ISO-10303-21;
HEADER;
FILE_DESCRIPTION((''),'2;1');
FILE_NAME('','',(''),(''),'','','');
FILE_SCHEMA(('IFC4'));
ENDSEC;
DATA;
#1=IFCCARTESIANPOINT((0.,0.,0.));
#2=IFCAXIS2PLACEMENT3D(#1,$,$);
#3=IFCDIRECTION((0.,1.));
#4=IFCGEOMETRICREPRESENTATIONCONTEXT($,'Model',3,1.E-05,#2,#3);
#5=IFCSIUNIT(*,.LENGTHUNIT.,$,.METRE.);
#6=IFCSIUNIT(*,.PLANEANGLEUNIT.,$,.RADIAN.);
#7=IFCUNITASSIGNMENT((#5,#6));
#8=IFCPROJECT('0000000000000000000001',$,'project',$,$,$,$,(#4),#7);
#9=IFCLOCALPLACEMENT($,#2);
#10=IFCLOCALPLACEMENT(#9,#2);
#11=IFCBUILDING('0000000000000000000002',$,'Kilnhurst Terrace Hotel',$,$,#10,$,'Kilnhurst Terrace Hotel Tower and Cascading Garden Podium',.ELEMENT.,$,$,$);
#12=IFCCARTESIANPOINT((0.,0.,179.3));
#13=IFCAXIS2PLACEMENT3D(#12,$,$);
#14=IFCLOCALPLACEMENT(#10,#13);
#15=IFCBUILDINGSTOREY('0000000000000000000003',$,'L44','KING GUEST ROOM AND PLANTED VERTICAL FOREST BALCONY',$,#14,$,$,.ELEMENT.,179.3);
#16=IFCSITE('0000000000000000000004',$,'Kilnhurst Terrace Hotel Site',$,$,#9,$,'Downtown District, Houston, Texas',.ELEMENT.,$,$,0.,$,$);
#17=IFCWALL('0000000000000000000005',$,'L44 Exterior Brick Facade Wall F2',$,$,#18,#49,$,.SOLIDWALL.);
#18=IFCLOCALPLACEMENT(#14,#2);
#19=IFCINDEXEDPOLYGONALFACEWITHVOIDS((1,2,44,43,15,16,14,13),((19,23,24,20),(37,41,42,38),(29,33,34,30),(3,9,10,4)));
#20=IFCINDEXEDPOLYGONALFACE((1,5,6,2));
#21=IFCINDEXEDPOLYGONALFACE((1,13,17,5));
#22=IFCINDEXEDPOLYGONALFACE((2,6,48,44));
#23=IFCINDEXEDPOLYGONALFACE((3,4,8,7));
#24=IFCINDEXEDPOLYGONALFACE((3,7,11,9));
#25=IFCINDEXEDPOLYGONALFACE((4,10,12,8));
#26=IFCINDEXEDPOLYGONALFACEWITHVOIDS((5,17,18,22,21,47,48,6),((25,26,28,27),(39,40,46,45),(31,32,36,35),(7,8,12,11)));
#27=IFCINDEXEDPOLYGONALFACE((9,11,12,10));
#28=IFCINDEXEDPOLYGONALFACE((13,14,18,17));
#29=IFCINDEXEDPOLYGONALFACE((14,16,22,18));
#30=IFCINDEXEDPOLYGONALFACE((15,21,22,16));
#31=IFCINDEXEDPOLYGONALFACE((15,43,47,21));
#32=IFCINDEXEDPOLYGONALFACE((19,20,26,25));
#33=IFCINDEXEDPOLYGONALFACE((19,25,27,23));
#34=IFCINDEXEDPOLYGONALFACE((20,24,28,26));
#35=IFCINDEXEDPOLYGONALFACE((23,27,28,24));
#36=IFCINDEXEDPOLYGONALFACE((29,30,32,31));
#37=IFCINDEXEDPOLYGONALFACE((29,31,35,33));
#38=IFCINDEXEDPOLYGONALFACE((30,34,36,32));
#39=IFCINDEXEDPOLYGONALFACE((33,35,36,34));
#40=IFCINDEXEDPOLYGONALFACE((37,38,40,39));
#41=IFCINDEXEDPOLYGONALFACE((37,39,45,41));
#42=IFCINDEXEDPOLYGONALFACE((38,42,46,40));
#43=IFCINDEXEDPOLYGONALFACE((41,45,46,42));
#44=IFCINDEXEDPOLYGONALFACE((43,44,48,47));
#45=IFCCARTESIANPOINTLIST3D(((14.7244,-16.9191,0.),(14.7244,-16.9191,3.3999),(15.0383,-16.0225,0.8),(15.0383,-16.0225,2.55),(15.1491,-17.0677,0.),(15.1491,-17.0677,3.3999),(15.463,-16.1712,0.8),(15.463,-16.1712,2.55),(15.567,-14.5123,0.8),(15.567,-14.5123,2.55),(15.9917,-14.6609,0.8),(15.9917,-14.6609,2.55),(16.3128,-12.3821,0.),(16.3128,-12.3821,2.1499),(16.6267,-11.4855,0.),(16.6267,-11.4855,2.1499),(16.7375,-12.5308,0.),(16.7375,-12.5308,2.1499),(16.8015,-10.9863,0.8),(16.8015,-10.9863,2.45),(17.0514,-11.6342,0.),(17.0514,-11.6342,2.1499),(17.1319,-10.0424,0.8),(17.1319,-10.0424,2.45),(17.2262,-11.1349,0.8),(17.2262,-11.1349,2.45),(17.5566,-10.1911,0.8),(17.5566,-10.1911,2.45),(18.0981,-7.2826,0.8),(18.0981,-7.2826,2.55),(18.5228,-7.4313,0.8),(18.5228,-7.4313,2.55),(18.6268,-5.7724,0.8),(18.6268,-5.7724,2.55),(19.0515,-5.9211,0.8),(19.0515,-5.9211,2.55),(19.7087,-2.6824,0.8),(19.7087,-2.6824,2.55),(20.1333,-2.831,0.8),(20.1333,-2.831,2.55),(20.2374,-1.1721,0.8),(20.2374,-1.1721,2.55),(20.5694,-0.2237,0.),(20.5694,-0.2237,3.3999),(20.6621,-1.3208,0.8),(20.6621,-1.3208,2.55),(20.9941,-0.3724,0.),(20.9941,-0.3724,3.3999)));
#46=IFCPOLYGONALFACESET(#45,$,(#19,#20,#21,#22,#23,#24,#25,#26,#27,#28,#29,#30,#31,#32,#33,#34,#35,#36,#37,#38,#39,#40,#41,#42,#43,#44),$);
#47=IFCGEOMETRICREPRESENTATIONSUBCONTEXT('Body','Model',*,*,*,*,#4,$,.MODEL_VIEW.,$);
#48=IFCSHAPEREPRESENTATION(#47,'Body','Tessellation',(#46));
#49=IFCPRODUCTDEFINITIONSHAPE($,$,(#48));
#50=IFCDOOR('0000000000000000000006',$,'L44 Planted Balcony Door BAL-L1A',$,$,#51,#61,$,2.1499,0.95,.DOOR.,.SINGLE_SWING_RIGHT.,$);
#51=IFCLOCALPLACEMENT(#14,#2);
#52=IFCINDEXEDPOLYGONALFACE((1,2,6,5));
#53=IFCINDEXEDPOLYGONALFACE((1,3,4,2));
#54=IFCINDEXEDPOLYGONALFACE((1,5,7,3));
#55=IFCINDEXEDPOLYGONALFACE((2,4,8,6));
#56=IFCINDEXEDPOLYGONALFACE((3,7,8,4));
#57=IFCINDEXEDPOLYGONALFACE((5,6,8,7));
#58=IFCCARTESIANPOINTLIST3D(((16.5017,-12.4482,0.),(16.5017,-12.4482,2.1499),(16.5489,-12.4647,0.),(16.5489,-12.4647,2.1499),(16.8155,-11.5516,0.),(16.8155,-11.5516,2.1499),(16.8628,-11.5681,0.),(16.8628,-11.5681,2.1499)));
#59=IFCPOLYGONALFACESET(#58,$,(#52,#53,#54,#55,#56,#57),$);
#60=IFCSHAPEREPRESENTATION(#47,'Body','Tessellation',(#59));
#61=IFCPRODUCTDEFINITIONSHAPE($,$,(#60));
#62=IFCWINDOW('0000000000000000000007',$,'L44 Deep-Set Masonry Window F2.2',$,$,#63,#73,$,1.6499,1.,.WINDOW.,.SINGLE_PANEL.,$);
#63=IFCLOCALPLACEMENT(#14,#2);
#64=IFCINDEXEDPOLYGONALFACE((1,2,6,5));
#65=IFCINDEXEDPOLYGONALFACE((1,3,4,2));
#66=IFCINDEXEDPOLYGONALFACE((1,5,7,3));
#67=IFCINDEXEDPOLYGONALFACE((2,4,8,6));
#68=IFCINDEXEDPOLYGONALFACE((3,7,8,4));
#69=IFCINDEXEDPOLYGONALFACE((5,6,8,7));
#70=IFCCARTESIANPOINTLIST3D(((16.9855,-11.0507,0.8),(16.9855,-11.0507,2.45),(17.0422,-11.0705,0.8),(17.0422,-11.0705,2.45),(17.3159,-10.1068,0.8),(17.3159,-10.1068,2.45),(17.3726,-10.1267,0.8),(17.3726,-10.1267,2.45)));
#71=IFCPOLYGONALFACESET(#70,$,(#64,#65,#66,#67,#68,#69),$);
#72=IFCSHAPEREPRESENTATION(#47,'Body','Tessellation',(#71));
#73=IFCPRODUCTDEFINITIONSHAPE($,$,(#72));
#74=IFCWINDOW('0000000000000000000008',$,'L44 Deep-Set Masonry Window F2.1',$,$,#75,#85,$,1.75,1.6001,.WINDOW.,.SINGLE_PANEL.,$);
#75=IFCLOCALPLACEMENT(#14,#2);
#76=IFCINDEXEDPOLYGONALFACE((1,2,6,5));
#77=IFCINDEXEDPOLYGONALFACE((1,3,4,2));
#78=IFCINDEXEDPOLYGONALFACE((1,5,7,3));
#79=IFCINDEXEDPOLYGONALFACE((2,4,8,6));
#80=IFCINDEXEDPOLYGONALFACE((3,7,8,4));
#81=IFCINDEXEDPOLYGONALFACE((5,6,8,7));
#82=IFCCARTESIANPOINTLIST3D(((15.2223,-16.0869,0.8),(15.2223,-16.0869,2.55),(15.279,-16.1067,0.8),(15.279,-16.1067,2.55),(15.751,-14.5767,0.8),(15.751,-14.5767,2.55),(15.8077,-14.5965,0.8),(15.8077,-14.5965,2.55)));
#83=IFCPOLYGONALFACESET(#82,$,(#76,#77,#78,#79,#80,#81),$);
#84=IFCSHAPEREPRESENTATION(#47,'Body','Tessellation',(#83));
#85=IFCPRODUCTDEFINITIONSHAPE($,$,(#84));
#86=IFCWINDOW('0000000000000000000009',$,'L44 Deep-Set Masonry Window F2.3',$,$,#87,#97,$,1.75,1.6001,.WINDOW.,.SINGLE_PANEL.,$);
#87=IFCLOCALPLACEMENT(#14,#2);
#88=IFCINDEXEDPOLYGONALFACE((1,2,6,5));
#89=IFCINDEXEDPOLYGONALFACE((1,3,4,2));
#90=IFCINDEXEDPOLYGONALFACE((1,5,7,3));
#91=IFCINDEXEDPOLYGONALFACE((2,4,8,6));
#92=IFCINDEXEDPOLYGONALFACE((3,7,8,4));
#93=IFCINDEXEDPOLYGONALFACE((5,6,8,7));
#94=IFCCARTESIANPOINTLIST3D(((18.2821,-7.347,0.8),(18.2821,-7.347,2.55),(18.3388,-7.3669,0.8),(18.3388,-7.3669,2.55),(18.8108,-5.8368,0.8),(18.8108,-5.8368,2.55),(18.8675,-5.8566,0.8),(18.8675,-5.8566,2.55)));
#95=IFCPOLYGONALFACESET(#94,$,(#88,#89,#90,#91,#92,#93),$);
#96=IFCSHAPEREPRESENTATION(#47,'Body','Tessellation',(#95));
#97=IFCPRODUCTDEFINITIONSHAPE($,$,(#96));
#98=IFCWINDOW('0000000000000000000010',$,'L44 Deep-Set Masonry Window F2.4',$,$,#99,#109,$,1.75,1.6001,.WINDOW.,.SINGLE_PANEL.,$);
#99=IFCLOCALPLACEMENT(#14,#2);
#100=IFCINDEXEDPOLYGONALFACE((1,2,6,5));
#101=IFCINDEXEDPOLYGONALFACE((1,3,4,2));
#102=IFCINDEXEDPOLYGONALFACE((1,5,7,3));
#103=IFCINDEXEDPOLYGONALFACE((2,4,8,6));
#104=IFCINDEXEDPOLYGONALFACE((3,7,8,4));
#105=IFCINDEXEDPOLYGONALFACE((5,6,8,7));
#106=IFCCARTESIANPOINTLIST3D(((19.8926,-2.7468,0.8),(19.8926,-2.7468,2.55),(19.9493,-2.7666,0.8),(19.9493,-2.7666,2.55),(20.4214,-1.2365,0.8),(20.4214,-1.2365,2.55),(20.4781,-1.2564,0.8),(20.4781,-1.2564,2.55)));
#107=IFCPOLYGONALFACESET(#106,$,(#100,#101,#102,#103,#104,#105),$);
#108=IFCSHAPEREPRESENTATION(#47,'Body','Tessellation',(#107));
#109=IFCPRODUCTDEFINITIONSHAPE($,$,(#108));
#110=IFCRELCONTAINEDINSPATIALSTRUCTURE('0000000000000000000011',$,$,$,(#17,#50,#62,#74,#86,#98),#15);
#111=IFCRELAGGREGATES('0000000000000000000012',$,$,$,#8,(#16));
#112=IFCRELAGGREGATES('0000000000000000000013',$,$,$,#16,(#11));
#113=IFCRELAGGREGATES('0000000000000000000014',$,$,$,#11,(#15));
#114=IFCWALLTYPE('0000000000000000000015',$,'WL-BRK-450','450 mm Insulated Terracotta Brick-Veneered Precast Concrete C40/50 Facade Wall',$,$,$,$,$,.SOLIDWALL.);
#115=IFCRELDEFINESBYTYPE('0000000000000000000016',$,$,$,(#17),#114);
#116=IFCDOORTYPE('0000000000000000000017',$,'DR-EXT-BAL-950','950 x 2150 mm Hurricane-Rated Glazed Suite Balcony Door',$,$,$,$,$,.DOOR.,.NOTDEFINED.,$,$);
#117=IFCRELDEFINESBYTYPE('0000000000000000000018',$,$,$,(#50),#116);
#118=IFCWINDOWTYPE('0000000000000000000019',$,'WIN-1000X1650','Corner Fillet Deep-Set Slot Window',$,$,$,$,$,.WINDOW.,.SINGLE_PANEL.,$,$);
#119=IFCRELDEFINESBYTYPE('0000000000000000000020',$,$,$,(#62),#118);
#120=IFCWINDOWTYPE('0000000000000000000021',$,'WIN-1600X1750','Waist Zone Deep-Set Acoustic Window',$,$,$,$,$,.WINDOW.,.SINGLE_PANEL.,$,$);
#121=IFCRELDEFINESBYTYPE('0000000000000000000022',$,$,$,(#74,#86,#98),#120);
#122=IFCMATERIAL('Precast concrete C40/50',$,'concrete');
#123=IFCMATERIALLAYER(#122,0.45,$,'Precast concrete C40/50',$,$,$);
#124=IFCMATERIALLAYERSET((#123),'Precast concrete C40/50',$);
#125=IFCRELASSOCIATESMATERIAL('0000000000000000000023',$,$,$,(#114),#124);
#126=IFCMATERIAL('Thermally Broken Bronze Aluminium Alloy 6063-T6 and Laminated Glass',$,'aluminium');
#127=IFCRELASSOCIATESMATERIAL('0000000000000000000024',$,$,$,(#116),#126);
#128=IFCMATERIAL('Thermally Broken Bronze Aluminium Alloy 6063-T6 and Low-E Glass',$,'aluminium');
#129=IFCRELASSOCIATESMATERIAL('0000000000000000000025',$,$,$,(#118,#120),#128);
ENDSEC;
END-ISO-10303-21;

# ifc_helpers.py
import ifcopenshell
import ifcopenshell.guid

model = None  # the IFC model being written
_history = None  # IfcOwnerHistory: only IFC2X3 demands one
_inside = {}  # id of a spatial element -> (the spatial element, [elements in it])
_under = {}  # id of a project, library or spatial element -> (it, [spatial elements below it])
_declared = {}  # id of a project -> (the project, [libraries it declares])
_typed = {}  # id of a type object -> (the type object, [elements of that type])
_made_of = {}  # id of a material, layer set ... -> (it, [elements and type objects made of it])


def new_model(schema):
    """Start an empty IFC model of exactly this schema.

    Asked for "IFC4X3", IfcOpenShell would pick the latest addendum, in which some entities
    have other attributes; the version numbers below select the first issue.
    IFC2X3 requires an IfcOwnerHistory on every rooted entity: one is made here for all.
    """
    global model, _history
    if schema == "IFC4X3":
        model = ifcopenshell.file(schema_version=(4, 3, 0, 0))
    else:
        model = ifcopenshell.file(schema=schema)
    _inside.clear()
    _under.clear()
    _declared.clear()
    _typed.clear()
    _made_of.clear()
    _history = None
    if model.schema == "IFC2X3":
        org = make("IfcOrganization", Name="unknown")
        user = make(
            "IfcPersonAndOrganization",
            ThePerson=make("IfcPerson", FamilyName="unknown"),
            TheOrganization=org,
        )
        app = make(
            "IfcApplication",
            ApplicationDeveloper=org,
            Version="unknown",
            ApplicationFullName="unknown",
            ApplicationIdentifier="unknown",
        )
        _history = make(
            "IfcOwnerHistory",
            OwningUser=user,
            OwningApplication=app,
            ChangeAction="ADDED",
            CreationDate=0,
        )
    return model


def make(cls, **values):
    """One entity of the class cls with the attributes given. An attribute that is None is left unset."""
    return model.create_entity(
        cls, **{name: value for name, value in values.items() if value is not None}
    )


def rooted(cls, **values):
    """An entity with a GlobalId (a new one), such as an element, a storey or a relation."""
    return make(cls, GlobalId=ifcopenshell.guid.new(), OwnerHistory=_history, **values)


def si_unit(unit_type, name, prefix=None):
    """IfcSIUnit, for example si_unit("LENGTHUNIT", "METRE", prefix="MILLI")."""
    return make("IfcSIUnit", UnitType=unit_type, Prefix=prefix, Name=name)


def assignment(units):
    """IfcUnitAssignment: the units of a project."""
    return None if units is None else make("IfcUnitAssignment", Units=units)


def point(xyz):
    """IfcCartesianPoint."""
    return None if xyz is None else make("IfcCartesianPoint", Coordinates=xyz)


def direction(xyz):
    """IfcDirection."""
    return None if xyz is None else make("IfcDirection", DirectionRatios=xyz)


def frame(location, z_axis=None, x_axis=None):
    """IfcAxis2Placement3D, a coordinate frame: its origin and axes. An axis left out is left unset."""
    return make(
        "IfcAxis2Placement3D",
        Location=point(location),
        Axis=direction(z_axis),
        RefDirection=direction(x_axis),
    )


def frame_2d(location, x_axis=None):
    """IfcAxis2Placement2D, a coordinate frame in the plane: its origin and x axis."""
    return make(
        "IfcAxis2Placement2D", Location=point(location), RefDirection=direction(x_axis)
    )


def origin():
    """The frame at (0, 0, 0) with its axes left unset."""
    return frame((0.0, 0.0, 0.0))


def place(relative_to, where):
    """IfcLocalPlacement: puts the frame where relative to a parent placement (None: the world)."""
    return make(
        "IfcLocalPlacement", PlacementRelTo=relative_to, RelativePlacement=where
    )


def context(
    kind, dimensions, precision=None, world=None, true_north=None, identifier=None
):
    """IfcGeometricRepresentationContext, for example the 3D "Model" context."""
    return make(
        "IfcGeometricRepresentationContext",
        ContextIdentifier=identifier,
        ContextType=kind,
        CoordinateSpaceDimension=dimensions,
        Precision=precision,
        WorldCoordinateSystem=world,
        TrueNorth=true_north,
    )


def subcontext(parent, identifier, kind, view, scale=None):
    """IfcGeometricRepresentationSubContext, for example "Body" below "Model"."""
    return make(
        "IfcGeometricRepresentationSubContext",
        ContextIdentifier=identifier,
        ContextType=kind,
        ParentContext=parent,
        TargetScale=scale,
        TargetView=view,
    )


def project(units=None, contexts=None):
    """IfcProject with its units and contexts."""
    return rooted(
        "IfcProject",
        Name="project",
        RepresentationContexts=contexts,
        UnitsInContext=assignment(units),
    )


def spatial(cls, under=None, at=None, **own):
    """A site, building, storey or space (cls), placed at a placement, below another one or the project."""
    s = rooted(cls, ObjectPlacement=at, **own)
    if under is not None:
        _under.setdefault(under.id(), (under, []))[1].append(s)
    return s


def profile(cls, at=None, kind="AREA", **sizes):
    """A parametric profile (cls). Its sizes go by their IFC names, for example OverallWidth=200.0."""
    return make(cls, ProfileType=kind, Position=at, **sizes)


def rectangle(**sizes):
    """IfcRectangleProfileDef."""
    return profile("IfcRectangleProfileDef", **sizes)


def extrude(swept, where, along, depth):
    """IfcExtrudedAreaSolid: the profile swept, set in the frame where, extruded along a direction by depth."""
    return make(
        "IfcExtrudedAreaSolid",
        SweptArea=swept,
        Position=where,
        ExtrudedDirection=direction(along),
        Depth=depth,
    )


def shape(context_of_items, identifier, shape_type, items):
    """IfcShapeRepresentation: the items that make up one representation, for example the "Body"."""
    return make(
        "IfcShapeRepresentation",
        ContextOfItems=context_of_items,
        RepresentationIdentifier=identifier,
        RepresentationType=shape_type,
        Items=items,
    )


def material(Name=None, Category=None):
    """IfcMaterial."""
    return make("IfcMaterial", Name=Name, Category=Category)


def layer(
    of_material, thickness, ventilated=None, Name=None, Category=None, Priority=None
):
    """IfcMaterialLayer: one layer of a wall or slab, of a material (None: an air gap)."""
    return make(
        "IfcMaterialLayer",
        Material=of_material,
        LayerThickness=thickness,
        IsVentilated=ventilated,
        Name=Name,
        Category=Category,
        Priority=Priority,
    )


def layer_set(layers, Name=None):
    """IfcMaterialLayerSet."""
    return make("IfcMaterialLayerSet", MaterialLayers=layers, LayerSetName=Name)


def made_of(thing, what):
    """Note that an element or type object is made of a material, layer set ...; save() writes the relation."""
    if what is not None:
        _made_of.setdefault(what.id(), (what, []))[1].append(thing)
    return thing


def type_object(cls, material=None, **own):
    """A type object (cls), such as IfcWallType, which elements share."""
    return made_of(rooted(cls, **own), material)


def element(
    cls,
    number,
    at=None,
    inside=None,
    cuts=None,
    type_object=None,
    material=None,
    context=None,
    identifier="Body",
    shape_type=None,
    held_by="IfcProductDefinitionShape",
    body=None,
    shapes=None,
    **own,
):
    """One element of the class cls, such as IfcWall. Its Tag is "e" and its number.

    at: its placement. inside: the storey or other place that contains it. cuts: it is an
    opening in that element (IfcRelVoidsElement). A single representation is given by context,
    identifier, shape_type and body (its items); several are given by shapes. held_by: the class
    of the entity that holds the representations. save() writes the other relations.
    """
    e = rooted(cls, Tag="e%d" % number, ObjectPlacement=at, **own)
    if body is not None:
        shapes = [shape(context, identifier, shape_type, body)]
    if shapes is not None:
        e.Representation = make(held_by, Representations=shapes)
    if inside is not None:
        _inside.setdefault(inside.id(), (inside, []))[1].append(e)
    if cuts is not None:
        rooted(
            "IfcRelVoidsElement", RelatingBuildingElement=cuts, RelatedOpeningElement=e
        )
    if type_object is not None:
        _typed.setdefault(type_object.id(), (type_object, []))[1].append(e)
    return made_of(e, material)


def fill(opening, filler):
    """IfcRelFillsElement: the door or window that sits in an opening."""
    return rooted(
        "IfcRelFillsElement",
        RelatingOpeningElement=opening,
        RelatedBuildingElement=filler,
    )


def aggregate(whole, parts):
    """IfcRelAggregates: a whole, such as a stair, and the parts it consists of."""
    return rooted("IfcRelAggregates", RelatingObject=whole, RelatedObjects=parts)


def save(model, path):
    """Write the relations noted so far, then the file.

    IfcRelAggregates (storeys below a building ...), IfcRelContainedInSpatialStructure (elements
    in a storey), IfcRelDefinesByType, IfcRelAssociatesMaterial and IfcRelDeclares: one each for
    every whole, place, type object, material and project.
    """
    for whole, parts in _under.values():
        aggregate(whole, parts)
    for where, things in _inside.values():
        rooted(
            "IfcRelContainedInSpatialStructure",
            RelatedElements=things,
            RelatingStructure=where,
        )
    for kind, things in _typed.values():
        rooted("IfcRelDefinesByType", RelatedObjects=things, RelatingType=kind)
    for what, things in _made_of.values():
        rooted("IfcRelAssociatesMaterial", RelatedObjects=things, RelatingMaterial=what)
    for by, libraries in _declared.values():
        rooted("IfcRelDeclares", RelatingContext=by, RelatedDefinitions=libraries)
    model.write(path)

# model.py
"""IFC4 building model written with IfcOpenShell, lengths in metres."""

from ifc_helpers import new_model, si_unit, direction, frame, frame_2d, origin, place, context, subcontext, project, spatial, rectangle, extrude, material, layer, layer_set, type_object, element, fill, save


model = new_model("IFC4")

# Units and contexts
model_context = context("Model", 3, precision=1e-05, world=origin(), true_north=direction((0.0, 1.0)))
body_context = subcontext(model_context, "Body", "Model", "MODEL_VIEW")
ifc_project = project(units=[si_unit("LENGTHUNIT", "METRE"), si_unit("PLANEANGLEUNIT", "RADIAN")], contexts=[model_context])

# Site, building, storey
site_placement = place(None, origin())
site = spatial("IfcSite", under=ifc_project, at=site_placement, Name="Kilnhurst Terrace Hotel Site", LongName="Downtown District, Houston, Texas", CompositionType="ELEMENT", RefElevation=0.0)
building_placement = place(site_placement, origin())
building = spatial("IfcBuilding", under=site, at=building_placement, Name="Kilnhurst Terrace Hotel", LongName="Kilnhurst Terrace Hotel Tower and Cascading Garden Podium", CompositionType="ELEMENT")
storey_placement = place(building_placement, frame((0.0, 0.0, 179.3)))
storey = spatial("IfcBuildingStorey", under=building, at=storey_placement, Name="L44", Description="KING GUEST ROOM AND PLANTED VERTICAL FOREST BALCONY", CompositionType="ELEMENT", Elevation=179.3)

# Shared definitions
ifc_material_1 = material(Name="Precast concrete C40/50", Category="concrete")
ifc_layer_1 = layer(ifc_material_1, 0.45, Name="Precast concrete C40/50")
ifc_layer_set_1 = layer_set([ifc_layer_1], Name="Precast concrete C40/50")
wall_type_1 = type_object("IfcWallType", Name="WL-BRK-450", Description="450 mm Insulated Terracotta Brick-Veneered Precast Concrete C40/50 Facade Wall", PredefinedType="SOLIDWALL", material=ifc_layer_set_1)

# Wall, openings, door, windows
wall_1_placement = place(storey_placement, frame((14.9368, -16.9934, 0.0), z_axis=(0.0, 0.0, 1.0), x_axis=(0.330432, 0.94383, 0.0)))
wall_1 = element("IfcWall", 1, at=wall_1_placement, inside=storey, type_object=wall_type_1, Name="L44 Exterior Brick Facade Wall F2", PredefinedType="SOLIDWALL", context=body_context, shape_type="SweptSolid", body=[
    extrude(rectangle(XDim=17.689, YDim=0.45, at=frame_2d((8.8445, 0.0))), origin(), (0.0, 0.0, 1.0), 3.3999),
])
opening_1_placement = place(wall_1_placement, frame((4.8069, 0.0, 0.0)))
opening_1 = element("IfcOpeningElement", 2, at=opening_1_placement, cuts=wall_1, PredefinedType="OPENING", context=body_context, shape_type="SweptSolid", body=[
    extrude(rectangle(XDim=0.95, YDim=2.1499, at=frame_2d((0.4751, 1.075))), frame((0.0, 0.2349, 0.0), z_axis=(0.0, -1.0, 0.0), x_axis=(1.0, 0.0, 0.0)), (0.0, 0.0, 1.0), 0.47),
])
opening_2_placement = place(wall_1_placement, frame((0.95, 0.0, 0.8)))
opening_2 = element("IfcOpeningElement", 3, at=opening_2_placement, cuts=wall_1, PredefinedType="OPENING", context=body_context, shape_type="SweptSolid", body=[
    extrude(rectangle(XDim=1.6001, YDim=1.75, at=frame_2d((0.8, 0.875))), frame((0.0, 0.2349, 0.0), z_axis=(0.0, -1.0, 0.0), x_axis=(1.0, 0.0, 0.0)), (0.0, 0.0, 1.0), 0.47),
])
opening_3_placement = place(wall_1_placement, frame((6.2859, 0.0, 0.8)))
opening_3 = element("IfcOpeningElement", 4, at=opening_3_placement, cuts=wall_1, PredefinedType="OPENING", context=body_context, shape_type="SweptSolid", body=[
    extrude(rectangle(XDim=1.0, YDim=1.6499, at=frame_2d((0.5, 0.825))), frame((0.0, 0.2349, 0.0), z_axis=(0.0, -1.0, 0.0), x_axis=(1.0, 0.0, 0.0)), (0.0, 0.0, 1.0), 0.47),
])
opening_4_placement = place(wall_1_placement, frame((10.21, 0.0, 0.8)))
opening_4 = element("IfcOpeningElement", 5, at=opening_4_placement, cuts=wall_1, PredefinedType="OPENING", context=body_context, shape_type="SweptSolid", body=[
    extrude(rectangle(XDim=1.6001, YDim=1.75, at=frame_2d((0.8, 0.875))), frame((0.0, 0.2349, 0.0), z_axis=(0.0, -1.0, 0.0), x_axis=(1.0, 0.0, 0.0)), (0.0, 0.0, 1.0), 0.47),
])
opening_5_placement = place(wall_1_placement, frame((15.084, 0.0, 0.8)))
opening_5 = element("IfcOpeningElement", 6, at=opening_5_placement, cuts=wall_1, PredefinedType="OPENING", context=body_context, shape_type="SweptSolid", body=[
    extrude(rectangle(XDim=1.6001, YDim=1.75, at=frame_2d((0.8, 0.875))), frame((0.0, 0.2349, 0.0), z_axis=(0.0, -1.0, 0.0), x_axis=(1.0, 0.0, 0.0)), (0.0, 0.0, 1.0), 0.47),
])
ifc_material_2 = material(Name="Thermally Broken Bronze Aluminium Alloy 6063-T6 and Laminated Glass", Category="aluminium")
door_type_1 = type_object("IfcDoorType", Name="DR-EXT-BAL-950", Description="950 x 2150 mm Hurricane-Rated Glazed Suite Balcony Door", OperationType="NOTDEFINED", PredefinedType="DOOR", material=ifc_material_2)
door_1_placement = place(opening_1_placement, origin())
door_1 = element("IfcDoor", 7, at=door_1_placement, inside=storey, type_object=door_type_1, Name="L44 Planted Balcony Door BAL-L1A", OperationType="SINGLE_SWING_RIGHT", OverallHeight=2.1499, OverallWidth=0.95, PredefinedType="DOOR", context=body_context, shape_type="SweptSolid", body=[
    extrude(rectangle(XDim=0.95, YDim=2.1499, at=frame_2d((0.4751, 1.075))), frame((0.0, 0.0249, 0.0), z_axis=(0.0, -1.0, 0.0), x_axis=(1.0, 0.0, 0.0)), (0.0, 0.0, 1.0), 0.05),
])
fill(opening_1, door_1)
ifc_material_3 = material(Name="Thermally Broken Bronze Aluminium Alloy 6063-T6 and Low-E Glass", Category="aluminium")
window_type_1 = type_object("IfcWindowType", Name="WIN-1000X1650", Description="Corner Fillet Deep-Set Slot Window", PartitioningType="SINGLE_PANEL", PredefinedType="WINDOW", material=ifc_material_3)
window_1_placement = place(opening_3_placement, origin())
window_1 = element("IfcWindow", 8, at=window_1_placement, inside=storey, type_object=window_type_1, Name="L44 Deep-Set Masonry Window F2.2", OverallHeight=1.6499, OverallWidth=1.0, PartitioningType="SINGLE_PANEL", PredefinedType="WINDOW", context=body_context, shape_type="SweptSolid", body=[
    extrude(rectangle(XDim=1.0, YDim=1.6499, at=frame_2d((0.5, 0.825))), frame((0.0, 0.03, 0.0), z_axis=(0.0, -1.0, 0.0), x_axis=(1.0, 0.0, 0.0)), (0.0, 0.0, 1.0), 0.0601),
])
fill(opening_3, window_1)
window_type_2 = type_object("IfcWindowType", Name="WIN-1600X1750", Description="Waist Zone Deep-Set Acoustic Window", PartitioningType="SINGLE_PANEL", PredefinedType="WINDOW", material=ifc_material_3)
window_2_placement = place(opening_2_placement, origin())
window_2 = element("IfcWindow", 9, at=window_2_placement, inside=storey, type_object=window_type_2, Name="L44 Deep-Set Masonry Window F2.1", OverallHeight=1.75, OverallWidth=1.6001, PartitioningType="SINGLE_PANEL", PredefinedType="WINDOW", context=body_context, shape_type="SweptSolid", body=[
    extrude(rectangle(XDim=1.6001, YDim=1.75, at=frame_2d((0.8, 0.875))), frame((0.0, 0.03, 0.0), z_axis=(0.0, -1.0, 0.0), x_axis=(1.0, 0.0, 0.0)), (0.0, 0.0, 1.0), 0.0601),
])
fill(opening_2, window_2)
window_3_placement = place(opening_4_placement, origin())
window_3 = element("IfcWindow", 10, at=window_3_placement, inside=storey, type_object=window_type_2, Name="L44 Deep-Set Masonry Window F2.3", OverallHeight=1.75, OverallWidth=1.6001, PartitioningType="SINGLE_PANEL", PredefinedType="WINDOW", context=body_context, shape_type="SweptSolid", body=[
    extrude(rectangle(XDim=1.6001, YDim=1.75, at=frame_2d((0.8, 0.875))), frame((0.0, 0.03, 0.0), z_axis=(0.0, -1.0, 0.0), x_axis=(1.0, 0.0, 0.0)), (0.0, 0.0, 1.0), 0.0601),
])
fill(opening_4, window_3)
window_4_placement = place(opening_5_placement, origin())
window_4 = element("IfcWindow", 11, at=window_4_placement, inside=storey, type_object=window_type_2, Name="L44 Deep-Set Masonry Window F2.4", OverallHeight=1.75, OverallWidth=1.6001, PartitioningType="SINGLE_PANEL", PredefinedType="WINDOW", context=body_context, shape_type="SweptSolid", body=[
    extrude(rectangle(XDim=1.6001, YDim=1.75, at=frame_2d((0.8, 0.875))), frame((0.0, 0.03, 0.0), z_axis=(0.0, -1.0, 0.0), x_axis=(1.0, 0.0, 0.0)), (0.0, 0.0, 1.0), 0.0601),
])
fill(opening_5, window_4)

save(model, "model.ifc")
